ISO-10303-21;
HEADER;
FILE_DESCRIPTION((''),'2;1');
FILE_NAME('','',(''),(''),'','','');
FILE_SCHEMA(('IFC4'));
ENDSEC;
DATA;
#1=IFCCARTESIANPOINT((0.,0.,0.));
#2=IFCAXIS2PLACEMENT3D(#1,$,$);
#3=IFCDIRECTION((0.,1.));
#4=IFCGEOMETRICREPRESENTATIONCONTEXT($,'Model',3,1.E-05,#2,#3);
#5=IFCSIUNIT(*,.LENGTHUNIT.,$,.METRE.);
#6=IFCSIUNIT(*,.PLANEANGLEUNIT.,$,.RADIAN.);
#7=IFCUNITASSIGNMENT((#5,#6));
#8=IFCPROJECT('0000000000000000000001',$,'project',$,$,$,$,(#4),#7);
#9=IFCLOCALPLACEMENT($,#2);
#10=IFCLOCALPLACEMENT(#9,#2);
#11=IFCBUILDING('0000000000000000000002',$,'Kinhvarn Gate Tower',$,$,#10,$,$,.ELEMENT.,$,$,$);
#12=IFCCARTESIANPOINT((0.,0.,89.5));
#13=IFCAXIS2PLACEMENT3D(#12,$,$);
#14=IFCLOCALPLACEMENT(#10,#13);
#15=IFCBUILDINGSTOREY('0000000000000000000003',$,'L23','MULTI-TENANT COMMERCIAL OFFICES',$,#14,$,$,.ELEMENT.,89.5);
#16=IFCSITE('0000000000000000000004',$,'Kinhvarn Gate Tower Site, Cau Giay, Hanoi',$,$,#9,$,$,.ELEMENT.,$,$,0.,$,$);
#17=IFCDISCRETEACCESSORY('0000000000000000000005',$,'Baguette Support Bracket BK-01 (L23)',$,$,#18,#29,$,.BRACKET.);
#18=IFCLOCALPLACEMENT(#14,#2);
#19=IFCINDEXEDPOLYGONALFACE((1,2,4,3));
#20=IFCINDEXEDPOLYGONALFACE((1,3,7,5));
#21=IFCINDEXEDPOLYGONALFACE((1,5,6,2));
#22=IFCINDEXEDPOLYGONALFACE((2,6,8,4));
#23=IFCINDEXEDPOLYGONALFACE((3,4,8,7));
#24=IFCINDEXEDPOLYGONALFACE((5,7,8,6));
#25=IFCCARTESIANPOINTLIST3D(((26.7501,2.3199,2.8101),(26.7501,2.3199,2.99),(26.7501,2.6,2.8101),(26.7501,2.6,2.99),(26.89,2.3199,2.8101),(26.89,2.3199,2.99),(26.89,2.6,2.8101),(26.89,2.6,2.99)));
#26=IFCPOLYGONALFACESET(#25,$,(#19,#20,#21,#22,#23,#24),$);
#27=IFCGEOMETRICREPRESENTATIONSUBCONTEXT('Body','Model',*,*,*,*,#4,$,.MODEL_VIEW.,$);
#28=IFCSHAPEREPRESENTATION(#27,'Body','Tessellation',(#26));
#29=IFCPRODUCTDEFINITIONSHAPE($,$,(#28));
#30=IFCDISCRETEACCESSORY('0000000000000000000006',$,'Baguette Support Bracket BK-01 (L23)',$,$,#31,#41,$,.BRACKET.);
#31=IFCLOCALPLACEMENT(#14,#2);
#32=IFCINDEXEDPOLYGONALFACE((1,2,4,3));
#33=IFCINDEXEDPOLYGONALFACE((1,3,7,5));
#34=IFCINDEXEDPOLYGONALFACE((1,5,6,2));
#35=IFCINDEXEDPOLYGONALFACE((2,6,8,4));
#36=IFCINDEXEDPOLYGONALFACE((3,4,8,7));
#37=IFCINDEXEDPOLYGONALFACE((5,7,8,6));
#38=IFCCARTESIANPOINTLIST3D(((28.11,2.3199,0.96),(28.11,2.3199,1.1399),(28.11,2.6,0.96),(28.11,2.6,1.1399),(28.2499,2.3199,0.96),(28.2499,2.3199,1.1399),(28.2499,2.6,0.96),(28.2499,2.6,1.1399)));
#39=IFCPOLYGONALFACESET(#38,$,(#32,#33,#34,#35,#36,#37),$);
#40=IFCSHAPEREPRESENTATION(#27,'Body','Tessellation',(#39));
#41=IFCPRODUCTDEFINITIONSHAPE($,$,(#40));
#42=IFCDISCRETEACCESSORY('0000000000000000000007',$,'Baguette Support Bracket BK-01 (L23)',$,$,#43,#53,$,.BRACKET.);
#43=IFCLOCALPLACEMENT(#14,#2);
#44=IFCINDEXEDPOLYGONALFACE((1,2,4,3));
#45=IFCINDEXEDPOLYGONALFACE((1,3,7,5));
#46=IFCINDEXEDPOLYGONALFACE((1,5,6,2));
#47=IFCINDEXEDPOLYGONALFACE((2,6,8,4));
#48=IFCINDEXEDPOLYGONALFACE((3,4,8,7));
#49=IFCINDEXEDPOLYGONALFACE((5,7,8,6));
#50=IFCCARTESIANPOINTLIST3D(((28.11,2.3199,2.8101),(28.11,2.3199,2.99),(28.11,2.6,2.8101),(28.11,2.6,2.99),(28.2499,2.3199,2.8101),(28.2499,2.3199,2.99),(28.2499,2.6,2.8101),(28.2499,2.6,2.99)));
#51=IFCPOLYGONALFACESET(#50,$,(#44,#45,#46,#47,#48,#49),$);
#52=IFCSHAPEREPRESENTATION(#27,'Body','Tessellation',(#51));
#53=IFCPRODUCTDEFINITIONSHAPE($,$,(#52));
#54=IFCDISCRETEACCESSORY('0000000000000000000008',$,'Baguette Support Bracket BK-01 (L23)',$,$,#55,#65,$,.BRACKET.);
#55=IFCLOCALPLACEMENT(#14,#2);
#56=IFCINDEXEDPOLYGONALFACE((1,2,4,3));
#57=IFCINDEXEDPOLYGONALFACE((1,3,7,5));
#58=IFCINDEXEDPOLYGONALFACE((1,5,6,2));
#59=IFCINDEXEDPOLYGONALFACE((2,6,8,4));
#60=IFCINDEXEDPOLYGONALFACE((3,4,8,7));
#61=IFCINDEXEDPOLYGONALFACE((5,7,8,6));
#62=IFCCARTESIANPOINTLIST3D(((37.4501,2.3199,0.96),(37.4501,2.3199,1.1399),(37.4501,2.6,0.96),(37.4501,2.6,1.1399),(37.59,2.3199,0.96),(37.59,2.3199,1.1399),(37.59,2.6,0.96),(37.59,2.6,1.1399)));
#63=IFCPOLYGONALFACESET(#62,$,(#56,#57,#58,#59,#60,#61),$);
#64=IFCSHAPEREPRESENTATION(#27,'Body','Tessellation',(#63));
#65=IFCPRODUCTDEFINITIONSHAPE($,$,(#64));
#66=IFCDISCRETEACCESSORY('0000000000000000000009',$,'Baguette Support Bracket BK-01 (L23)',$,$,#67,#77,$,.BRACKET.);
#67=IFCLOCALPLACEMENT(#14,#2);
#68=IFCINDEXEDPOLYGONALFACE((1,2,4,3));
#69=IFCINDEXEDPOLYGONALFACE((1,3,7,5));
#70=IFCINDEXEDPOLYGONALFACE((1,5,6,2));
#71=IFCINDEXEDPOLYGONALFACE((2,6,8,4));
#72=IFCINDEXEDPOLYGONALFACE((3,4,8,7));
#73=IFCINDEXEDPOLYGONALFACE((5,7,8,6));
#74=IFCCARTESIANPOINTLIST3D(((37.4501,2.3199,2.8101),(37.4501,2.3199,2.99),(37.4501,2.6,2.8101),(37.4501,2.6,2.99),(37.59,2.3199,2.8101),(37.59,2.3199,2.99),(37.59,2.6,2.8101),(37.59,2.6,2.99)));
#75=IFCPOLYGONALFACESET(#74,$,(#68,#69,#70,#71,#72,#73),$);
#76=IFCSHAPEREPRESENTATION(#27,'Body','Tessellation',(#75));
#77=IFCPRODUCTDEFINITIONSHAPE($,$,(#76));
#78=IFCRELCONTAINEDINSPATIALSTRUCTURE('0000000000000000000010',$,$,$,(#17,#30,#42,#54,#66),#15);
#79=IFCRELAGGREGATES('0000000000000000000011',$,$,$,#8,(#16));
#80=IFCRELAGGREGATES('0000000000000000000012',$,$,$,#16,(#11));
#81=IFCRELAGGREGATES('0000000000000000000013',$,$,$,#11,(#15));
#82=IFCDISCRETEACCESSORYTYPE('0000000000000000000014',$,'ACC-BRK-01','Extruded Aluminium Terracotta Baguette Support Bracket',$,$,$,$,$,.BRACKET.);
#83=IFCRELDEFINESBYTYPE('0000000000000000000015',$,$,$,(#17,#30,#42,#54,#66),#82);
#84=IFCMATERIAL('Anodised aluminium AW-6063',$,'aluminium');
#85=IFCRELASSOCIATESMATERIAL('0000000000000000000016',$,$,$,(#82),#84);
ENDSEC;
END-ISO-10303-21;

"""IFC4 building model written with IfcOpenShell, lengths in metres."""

from ifc_helpers import new_model, si_unit, direction, frame, origin, origin_2d, place, context, subcontext, project, spatial, rectangle, extrude, material, type_object, element, save


model = new_model("IFC4")

# Units and contexts
model_context = context("Model", 3, precision=1e-05, world=origin(), true_north=direction((0.0, 1.0)))
body_context = subcontext(model_context, "Body", "Model", "MODEL_VIEW")
ifc_project = project(units=[si_unit("LENGTHUNIT", "METRE"), si_unit("PLANEANGLEUNIT", "RADIAN")], contexts=[model_context])

# Site, building, storey
site_placement = place(None, origin())
site = spatial("IfcSite", under=ifc_project, at=site_placement, Name="Kinhvarn Gate Tower Site, Cau Giay, Hanoi", CompositionType="ELEMENT", RefElevation=0.0)
building_placement = place(site_placement, origin())
building = spatial("IfcBuilding", under=site, at=building_placement, Name="Kinhvarn Gate Tower", CompositionType="ELEMENT")
storey_placement = place(building_placement, frame((0.0, 0.0, 89.5)))
storey = spatial("IfcBuildingStorey", under=building, at=storey_placement, Name="L23", Description="MULTI-TENANT COMMERCIAL OFFICES", CompositionType="ELEMENT", Elevation=89.5)

# Shared definitions
ifc_material_1 = material(Name="Anodised aluminium AW-6063", Category="aluminium")

# Discrete accessories
discrete_accessory_type = type_object("IfcDiscreteAccessoryType", Name="ACC-BRK-01", Description="Extruded Aluminium Terracotta Baguette Support Bracket", PredefinedType="BRACKET", material=ifc_material_1)
for number, where, z_axis, x_axis, name in (
    (1, (26.8201, 2.46, 2.8101), (0.0, 0.0, 1.0), (1.0, 0.0, 0.0), "Baguette Support Bracket BK-01 (L23)"),
    (2, (28.1799, 2.46, 0.96), (0.0, 0.0, 1.0), (1.0, 0.0, 0.0), "Baguette Support Bracket BK-01 (L23)"),
    (3, (28.1799, 2.46, 2.8101), (0.0, 0.0, 1.0), (1.0, 0.0, 0.0), "Baguette Support Bracket BK-01 (L23)"),
    (4, (37.52, 2.46, 0.96), (0.0, 0.0, 1.0), (1.0, 0.0, 0.0), "Baguette Support Bracket BK-01 (L23)"),
    (5, (37.52, 2.46, 2.8101), (0.0, 0.0, 1.0), (1.0, 0.0, 0.0), "Baguette Support Bracket BK-01 (L23)"),
):
    element("IfcDiscreteAccessory", number, at=place(storey_placement, frame(where, z_axis=z_axis, x_axis=x_axis)), inside=storey, type_object=discrete_accessory_type, Name=name, PredefinedType="BRACKET", context=body_context, shape_type="SweptSolid", body=[
        extrude(rectangle(XDim=0.1399, YDim=0.28, at=origin_2d()), origin(), (0.0, 0.0, 1.0), 0.1799),
    ])

save(model, "model.ifc")
